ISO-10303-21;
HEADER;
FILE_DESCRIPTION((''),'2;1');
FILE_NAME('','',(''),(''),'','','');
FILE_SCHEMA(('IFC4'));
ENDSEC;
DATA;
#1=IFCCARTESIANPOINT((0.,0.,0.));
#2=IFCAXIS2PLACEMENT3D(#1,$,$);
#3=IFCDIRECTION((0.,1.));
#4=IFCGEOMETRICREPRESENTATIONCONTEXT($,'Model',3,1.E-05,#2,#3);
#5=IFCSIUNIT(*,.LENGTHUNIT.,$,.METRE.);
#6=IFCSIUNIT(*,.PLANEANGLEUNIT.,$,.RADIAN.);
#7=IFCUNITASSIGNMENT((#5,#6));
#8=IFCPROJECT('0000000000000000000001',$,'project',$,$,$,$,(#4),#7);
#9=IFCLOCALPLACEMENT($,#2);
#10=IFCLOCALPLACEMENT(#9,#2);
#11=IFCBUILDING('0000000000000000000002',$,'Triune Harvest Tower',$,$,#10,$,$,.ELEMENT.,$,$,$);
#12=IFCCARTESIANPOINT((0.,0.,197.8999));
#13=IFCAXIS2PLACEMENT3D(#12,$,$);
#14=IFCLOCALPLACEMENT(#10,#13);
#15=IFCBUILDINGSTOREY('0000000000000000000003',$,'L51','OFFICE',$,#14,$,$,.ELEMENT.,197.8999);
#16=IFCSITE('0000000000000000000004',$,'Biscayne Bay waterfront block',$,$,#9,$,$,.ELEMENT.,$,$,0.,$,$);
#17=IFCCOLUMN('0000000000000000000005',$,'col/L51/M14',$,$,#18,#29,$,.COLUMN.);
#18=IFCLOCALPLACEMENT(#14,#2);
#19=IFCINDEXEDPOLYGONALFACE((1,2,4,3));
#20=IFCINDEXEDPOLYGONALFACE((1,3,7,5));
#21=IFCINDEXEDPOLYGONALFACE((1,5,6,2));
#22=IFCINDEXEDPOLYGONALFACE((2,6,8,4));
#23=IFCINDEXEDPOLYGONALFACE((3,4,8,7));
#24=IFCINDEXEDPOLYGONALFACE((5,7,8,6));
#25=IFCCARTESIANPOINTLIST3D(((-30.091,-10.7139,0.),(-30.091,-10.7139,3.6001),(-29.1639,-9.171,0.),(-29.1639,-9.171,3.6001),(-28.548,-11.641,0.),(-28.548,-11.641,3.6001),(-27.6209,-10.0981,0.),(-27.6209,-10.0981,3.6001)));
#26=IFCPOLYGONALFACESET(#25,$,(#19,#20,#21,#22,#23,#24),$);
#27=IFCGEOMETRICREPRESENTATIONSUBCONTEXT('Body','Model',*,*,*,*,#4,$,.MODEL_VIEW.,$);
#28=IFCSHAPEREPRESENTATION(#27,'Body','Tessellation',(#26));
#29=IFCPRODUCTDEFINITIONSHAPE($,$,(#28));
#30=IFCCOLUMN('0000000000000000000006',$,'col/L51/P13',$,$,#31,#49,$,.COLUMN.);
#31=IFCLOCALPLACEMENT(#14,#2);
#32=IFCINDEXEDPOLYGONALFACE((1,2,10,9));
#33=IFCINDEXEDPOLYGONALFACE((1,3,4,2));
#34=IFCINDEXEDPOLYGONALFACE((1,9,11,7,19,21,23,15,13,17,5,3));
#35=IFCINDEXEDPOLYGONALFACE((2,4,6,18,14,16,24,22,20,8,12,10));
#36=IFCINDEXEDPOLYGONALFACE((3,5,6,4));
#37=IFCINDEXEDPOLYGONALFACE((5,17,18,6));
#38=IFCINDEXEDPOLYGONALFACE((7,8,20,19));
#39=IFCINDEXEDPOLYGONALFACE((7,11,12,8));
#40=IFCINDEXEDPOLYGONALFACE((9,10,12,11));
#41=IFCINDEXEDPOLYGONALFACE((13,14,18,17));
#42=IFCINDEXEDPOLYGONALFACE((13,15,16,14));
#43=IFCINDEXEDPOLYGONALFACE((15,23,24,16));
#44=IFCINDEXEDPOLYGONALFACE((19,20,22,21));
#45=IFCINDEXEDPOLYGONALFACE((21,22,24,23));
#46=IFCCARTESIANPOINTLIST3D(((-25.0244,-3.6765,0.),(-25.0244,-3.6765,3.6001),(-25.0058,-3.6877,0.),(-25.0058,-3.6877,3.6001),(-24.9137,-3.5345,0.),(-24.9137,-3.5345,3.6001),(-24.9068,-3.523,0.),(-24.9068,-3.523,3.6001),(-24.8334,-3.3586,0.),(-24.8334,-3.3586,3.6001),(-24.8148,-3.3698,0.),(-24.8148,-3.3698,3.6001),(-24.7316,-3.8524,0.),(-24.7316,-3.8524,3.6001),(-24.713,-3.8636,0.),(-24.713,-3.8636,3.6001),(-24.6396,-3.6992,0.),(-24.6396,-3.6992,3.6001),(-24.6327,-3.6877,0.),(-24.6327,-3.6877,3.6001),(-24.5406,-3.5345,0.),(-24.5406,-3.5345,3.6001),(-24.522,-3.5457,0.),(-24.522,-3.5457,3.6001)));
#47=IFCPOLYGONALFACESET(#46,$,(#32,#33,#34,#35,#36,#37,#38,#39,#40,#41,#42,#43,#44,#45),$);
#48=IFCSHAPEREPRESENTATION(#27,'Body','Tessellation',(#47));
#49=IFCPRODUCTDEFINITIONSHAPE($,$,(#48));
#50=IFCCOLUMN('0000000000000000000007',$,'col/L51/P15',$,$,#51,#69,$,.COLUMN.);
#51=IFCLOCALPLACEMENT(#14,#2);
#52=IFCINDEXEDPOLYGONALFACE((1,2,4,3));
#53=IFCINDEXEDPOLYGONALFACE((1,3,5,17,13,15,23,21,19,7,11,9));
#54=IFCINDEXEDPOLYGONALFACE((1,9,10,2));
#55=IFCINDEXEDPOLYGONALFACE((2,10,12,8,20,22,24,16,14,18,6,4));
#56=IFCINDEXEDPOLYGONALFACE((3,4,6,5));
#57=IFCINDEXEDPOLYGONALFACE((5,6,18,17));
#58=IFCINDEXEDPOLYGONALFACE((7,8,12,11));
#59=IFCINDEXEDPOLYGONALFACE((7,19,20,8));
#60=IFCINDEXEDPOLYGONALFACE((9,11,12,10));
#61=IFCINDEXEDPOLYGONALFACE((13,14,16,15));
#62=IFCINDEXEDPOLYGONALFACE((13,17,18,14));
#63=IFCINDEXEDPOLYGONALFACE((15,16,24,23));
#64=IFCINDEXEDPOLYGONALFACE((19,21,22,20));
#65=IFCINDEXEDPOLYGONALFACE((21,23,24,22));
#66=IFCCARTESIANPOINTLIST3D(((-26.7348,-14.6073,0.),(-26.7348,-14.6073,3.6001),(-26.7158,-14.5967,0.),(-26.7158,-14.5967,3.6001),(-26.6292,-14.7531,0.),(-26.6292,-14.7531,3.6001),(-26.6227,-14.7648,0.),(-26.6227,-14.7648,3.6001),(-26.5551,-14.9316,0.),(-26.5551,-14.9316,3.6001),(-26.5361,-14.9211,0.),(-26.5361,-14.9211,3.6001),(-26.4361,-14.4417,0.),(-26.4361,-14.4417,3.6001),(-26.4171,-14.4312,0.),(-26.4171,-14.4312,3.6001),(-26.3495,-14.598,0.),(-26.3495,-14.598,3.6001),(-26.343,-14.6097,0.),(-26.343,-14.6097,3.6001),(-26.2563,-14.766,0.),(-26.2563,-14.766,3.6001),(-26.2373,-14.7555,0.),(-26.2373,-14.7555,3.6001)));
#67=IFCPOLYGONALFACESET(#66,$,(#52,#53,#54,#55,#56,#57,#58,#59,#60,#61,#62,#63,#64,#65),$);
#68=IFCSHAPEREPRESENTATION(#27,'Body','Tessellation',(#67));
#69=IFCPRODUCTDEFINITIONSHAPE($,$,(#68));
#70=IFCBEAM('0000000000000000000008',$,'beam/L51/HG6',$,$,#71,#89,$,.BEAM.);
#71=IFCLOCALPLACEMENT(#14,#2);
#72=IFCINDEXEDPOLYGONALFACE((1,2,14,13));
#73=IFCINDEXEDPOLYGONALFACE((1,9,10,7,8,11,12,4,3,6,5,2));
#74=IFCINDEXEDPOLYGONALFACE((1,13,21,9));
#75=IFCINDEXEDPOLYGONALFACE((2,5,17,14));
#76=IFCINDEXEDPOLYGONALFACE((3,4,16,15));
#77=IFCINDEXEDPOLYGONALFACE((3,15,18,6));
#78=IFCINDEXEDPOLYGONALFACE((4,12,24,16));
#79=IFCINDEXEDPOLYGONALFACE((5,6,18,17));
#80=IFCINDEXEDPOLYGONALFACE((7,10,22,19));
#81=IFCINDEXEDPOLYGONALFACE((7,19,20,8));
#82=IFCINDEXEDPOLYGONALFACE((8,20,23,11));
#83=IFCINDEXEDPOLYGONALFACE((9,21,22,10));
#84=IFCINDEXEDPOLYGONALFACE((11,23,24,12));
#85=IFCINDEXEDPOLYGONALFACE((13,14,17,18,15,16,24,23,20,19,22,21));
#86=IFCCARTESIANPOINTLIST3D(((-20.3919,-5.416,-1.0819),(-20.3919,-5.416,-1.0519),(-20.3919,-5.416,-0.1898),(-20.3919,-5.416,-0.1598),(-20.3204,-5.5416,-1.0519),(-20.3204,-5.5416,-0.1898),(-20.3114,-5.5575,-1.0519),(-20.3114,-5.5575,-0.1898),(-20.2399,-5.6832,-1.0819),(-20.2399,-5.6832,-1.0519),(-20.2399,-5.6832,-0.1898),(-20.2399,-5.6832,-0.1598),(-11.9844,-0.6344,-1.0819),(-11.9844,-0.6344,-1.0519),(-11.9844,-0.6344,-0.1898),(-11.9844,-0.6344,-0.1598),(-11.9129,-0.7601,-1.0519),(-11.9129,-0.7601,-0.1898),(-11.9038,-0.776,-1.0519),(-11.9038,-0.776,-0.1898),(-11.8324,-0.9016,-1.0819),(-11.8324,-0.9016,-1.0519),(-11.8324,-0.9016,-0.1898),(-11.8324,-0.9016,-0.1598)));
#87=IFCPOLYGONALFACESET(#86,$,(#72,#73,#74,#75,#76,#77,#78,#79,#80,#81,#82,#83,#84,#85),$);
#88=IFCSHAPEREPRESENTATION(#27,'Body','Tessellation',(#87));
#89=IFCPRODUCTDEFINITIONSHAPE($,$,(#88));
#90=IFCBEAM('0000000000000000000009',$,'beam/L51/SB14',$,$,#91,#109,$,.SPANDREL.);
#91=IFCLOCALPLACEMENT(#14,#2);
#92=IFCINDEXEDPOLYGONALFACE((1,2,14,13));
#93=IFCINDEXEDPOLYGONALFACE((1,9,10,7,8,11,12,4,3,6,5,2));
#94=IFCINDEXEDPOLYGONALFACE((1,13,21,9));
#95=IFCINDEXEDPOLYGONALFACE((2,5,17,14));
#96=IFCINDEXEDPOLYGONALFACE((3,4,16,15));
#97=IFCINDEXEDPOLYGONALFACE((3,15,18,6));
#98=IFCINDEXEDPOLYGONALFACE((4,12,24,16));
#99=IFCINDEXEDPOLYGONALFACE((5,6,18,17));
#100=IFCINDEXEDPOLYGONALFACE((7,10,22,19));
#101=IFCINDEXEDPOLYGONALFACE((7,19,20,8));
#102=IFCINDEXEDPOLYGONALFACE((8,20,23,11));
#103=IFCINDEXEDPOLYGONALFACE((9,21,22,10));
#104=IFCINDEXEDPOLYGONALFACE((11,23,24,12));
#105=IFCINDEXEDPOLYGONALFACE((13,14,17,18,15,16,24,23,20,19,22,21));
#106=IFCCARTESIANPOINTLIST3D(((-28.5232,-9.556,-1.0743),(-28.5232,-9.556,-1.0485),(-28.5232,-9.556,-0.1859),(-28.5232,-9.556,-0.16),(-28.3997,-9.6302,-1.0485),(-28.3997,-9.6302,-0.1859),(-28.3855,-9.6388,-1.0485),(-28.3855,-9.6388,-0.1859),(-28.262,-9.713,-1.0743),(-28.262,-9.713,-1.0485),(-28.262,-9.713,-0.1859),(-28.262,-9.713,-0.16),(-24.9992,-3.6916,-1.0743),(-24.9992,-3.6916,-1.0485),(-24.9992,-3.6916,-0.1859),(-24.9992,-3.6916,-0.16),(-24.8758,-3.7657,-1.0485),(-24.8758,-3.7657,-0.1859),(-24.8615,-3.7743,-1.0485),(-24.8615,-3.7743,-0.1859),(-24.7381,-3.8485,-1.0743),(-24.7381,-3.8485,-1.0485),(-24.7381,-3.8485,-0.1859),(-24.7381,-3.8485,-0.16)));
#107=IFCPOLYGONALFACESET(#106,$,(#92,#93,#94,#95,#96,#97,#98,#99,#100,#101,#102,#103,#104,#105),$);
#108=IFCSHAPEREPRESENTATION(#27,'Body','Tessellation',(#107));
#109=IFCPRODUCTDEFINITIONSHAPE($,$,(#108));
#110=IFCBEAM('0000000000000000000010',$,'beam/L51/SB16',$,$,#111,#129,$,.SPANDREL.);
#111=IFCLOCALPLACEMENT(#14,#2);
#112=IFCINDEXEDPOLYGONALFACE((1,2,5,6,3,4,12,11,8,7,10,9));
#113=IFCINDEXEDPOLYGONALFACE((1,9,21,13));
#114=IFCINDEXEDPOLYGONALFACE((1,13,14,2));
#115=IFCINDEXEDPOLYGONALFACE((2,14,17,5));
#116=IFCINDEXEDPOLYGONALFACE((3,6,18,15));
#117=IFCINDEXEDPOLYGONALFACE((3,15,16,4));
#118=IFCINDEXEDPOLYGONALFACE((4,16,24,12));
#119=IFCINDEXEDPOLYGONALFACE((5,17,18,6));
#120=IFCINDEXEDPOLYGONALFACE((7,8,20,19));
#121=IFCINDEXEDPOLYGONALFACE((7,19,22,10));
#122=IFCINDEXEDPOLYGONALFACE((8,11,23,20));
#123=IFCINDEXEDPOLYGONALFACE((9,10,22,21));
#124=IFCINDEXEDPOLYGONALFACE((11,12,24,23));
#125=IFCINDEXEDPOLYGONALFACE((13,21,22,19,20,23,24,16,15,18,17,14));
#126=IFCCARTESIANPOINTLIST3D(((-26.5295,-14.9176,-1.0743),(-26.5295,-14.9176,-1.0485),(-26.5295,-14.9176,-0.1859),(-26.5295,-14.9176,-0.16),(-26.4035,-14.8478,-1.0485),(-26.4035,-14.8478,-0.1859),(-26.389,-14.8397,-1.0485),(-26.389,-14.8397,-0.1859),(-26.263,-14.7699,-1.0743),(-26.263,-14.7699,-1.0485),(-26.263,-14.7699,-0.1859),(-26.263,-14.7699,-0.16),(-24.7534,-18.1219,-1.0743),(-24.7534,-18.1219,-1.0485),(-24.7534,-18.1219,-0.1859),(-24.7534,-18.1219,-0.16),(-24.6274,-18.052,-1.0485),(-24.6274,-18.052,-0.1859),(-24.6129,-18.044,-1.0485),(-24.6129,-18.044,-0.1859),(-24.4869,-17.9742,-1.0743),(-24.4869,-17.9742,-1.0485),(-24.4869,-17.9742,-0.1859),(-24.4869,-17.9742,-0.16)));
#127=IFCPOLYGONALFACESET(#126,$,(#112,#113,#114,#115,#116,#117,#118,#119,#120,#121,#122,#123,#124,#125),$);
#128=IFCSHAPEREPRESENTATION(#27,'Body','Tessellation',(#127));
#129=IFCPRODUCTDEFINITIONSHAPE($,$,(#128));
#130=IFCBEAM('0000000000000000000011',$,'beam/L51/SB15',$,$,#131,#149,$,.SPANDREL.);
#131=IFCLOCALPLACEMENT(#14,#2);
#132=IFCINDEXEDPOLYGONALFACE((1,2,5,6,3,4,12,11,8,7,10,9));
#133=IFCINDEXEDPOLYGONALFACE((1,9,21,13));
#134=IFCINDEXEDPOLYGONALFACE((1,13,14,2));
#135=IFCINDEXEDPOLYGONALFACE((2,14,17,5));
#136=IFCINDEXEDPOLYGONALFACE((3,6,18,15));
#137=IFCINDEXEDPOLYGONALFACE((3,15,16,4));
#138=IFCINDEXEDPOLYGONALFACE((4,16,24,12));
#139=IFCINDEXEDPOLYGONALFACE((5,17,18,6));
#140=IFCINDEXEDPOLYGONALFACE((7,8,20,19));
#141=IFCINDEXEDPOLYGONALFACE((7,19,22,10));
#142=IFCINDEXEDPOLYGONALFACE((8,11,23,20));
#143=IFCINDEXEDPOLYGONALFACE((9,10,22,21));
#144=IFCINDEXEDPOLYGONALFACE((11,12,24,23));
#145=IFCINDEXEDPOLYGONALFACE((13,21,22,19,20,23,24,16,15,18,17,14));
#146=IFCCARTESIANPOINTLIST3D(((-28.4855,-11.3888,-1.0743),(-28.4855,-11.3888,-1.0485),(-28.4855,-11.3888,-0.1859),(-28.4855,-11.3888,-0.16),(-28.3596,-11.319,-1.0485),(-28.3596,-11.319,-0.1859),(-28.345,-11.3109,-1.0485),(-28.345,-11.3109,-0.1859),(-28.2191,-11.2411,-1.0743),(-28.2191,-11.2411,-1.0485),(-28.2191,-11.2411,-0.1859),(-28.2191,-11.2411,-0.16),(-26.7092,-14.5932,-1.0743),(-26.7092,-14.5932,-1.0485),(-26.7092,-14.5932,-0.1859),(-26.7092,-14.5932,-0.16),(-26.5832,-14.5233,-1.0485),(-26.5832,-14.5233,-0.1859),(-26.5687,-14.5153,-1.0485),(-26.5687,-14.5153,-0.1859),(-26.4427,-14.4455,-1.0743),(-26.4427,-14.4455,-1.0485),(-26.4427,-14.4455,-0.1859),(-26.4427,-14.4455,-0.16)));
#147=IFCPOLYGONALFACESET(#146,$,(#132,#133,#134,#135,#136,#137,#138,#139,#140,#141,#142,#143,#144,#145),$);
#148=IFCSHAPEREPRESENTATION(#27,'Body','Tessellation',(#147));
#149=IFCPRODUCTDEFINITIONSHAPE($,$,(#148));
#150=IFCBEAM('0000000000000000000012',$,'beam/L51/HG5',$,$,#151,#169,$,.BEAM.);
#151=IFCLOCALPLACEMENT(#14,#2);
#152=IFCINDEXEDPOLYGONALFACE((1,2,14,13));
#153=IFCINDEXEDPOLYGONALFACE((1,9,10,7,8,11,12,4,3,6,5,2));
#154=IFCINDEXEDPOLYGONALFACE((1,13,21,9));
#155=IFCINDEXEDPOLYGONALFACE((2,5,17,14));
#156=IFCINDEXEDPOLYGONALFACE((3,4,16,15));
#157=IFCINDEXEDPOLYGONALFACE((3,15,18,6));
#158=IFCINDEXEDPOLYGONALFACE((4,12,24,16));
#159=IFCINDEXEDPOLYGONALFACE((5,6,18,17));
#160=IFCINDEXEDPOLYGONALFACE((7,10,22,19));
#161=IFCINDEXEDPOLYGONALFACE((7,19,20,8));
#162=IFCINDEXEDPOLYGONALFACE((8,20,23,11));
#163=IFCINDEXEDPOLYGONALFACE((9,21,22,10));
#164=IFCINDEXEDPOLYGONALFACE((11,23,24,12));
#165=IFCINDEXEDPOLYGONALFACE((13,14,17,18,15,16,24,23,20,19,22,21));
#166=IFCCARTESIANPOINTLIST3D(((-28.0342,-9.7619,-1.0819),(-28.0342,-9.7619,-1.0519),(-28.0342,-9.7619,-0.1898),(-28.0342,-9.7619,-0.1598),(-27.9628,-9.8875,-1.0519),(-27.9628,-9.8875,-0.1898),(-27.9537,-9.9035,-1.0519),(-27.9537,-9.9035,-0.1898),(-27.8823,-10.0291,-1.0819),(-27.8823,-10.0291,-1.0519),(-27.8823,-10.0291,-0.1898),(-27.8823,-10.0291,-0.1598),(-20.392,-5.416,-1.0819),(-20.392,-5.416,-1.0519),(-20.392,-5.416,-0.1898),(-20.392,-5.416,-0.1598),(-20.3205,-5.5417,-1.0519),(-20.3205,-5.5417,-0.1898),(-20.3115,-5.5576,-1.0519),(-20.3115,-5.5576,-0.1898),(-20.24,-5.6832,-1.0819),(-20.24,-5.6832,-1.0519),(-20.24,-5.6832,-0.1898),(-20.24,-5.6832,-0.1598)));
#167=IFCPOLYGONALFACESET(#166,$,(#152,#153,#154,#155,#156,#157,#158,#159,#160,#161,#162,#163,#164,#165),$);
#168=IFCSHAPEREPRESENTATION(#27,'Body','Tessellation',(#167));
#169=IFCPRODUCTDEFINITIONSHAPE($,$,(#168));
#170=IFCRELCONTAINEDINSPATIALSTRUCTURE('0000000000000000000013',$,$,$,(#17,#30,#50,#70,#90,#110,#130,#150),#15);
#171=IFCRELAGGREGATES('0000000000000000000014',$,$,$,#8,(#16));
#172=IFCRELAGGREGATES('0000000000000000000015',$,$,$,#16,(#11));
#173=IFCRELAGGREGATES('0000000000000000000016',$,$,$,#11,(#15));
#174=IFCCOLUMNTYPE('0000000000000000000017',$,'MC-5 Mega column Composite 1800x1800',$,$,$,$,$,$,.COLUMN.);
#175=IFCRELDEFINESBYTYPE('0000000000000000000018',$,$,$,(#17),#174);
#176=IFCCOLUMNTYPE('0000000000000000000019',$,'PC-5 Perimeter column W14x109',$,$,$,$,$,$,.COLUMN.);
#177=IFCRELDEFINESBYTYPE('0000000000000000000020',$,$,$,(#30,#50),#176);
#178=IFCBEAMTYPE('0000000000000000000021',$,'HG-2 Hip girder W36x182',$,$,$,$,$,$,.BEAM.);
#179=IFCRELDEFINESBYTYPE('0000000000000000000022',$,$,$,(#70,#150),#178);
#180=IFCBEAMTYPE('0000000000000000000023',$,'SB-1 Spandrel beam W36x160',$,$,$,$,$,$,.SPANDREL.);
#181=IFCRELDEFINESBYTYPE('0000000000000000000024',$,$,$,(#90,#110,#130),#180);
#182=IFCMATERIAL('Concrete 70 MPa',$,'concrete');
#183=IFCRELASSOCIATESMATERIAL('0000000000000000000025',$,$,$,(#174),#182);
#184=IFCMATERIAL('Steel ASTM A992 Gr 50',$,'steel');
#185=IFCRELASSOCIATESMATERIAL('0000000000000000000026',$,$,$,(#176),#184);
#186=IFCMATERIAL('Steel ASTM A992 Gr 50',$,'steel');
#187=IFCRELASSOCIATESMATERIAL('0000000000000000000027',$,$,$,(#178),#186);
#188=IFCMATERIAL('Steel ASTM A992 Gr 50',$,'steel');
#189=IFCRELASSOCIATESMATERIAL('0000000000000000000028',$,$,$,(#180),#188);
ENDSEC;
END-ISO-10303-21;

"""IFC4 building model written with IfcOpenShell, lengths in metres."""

from ifc_helpers import new_model, si_unit, direction, frame, origin, origin_2d, place, context, subcontext, project, spatial, rectangle, i_section, extrude, source, transform, mapped, material, material_profile, profile_set, type_object, element, save


model = new_model("IFC4")

# Units and contexts
model_context = context("Model", 3, precision=1e-05, world=origin(), true_north=direction((0.0, 1.0)))
body_context = subcontext(model_context, "Body", "Model", "MODEL_VIEW")
ifc_project = project(units=[si_unit("LENGTHUNIT", "METRE"), si_unit("PLANEANGLEUNIT", "RADIAN")], contexts=[model_context])

# Site, building, storey
site_placement = place(None, origin())
site = spatial("IfcSite", under=ifc_project, at=site_placement, Name="Biscayne Bay waterfront block", CompositionType="ELEMENT", RefElevation=0.0)
building_placement = place(site_placement, origin())
building = spatial("IfcBuilding", under=site, at=building_placement, Name="Triune Harvest Tower", CompositionType="ELEMENT")
storey_placement = place(building_placement, frame((0.0, 0.0, 197.8999)))
storey = spatial("IfcBuildingStorey", under=building, at=storey_placement, Name="L51", Description="OFFICE", CompositionType="ELEMENT", Elevation=197.8999)

# Columns
ifc_material_1 = material(Name="Concrete 70 MPa", Category="concrete")
ifc_material_profile_1 = material_profile(ifc_material_1, rectangle(XDim=1.8, YDim=1.8, at=origin_2d()), Name="Composite 1800x1800")
ifc_profile_set_1 = profile_set([ifc_material_profile_1], Name="Concrete 70 MPa")
column_type_1 = type_object("IfcColumnType", Name="MC-5 Mega column Composite 1800x1800", PredefinedType="COLUMN", material=ifc_profile_set_1)
shared_shape_1 = source(origin(), body_context, "Body", "SweptSolid", [
    extrude(rectangle(XDim=1.8, YDim=1.8, at=origin_2d()), origin(), (0.0, 0.0, 1.0), 3.6001),
])
column_placement = place(storey_placement, frame((-28.856, -10.406, 0.0), z_axis=(0.0, 0.0, 1.0), x_axis=(-0.515037, -0.857168, 0.0)))
element("IfcColumn", 1, at=column_placement, inside=storey, type_object=column_type_1, Name="col/L51/M14", PredefinedType="COLUMN", context=body_context, shape_type="MappedRepresentation", body=[
    mapped(shared_shape_1, transform((0.0, 0.0, 0.0), scale=1.0)),
])
ifc_material_2 = material(Name="Steel ASTM A992 Gr 50", Category="steel")
ifc_material_profile_2 = material_profile(ifc_material_2, i_section(OverallWidth=0.3708, OverallDepth=0.3633, WebThickness=0.0134, FlangeThickness=0.0217, at=origin_2d()), Name="W14x109")
ifc_profile_set_2 = profile_set([ifc_material_profile_2], Name="Steel ASTM A992 Gr 50")
column_type_2 = type_object("IfcColumnType", Name="PC-5 Perimeter column W14x109", PredefinedType="COLUMN", material=ifc_profile_set_2)
shared_shape_2 = source(origin(), body_context, "Body", "SweptSolid", [
    extrude(i_section(OverallWidth=0.3708, OverallDepth=0.3633, WebThickness=0.0134, FlangeThickness=0.0217, at=origin_2d()), origin(), (0.0, 0.0, 1.0), 3.6001),
])
for number, where, z_axis, x_axis, name in (
    (2, (-24.7732, -3.6111, 0.0), (0.0, 0.0, 1.0), (-0.515037, -0.857168, 0.0), "col/L51/P13"),
    (3, (-26.4861, -14.6814, 0.0), (0.0, 0.0, 1.0), (0.484808, -0.874621, 0.0), "col/L51/P15"),
):
    element("IfcColumn", number, at=place(storey_placement, frame(where, z_axis=z_axis, x_axis=x_axis)), inside=storey, type_object=column_type_2, Name=name, PredefinedType="COLUMN", context=body_context, shape_type="MappedRepresentation", body=[
        mapped(shared_shape_2, transform((0.0, 0.0, 0.0), scale=1.0)),
    ])

# Beams
ifc_material_3 = material(Name="Steel ASTM A992 Gr 50", Category="steel")
ifc_material_profile_3 = material_profile(ifc_material_3, i_section(OverallWidth=0.3074, OverallDepth=0.9221, WebThickness=0.0183, FlangeThickness=0.03, at=origin_2d()), Name="W36x182")
ifc_profile_set_3 = profile_set([ifc_material_profile_3], Name="Steel ASTM A992 Gr 50")
beam_type_1 = type_object("IfcBeamType", Name="HG-2 Hip girder W36x182", PredefinedType="BEAM", material=ifc_profile_set_3)
shared_shape_3 = source(origin(), body_context, "Body", "SweptSolid", [
    extrude(i_section(OverallWidth=0.3074, OverallDepth=0.9221, WebThickness=0.0183, FlangeThickness=0.03, at=origin_2d()), origin(), (0.0, 0.0, 1.0), 9.6721),
])
beam_1_placement = place(storey_placement, frame((-20.3159, -5.5496, -0.6208), z_axis=(0.869256, 0.494363, 0.0), x_axis=(-0.494363, 0.869256, 0.0)))
element("IfcBeam", 4, at=beam_1_placement, inside=storey, type_object=beam_type_1, Name="beam/L51/HG6", PredefinedType="BEAM", context=body_context, shape_type="MappedRepresentation", body=[
    mapped(shared_shape_3, transform((0.0, 0.0, 0.0), scale=1.0)),
])
ifc_material_4 = material(Name="Steel ASTM A992 Gr 50", Category="steel")
ifc_material_profile_4 = material_profile(ifc_material_4, i_section(OverallWidth=0.3047, OverallDepth=0.9143, WebThickness=0.0166, FlangeThickness=0.0259, at=origin_2d()), Name="W36x160")
ifc_profile_set_4 = profile_set([ifc_material_profile_4], Name="Steel ASTM A992 Gr 50")
beam_type_2 = type_object("IfcBeamType", Name="SB-1 Spandrel beam W36x160", PredefinedType="SPANDREL", material=ifc_profile_set_4)
shared_shape_4 = source(origin(), body_context, "Body", "SweptSolid", [
    extrude(i_section(OverallWidth=0.3047, OverallDepth=0.9143, WebThickness=0.0166, FlangeThickness=0.0259, at=origin_2d()), origin(), (0.0, 0.0, 1.0), 6.8418),
])
beam_2_placement = place(storey_placement, frame((-24.8687, -3.77, -0.6172), z_axis=(-0.515057, -0.857156, 0.0), x_axis=(0.857156, -0.515057, 0.0)))
element("IfcBeam", 5, at=beam_2_placement, inside=storey, type_object=beam_type_2, Name="beam/L51/SB14", PredefinedType="SPANDREL", context=body_context, shape_type="MappedRepresentation", body=[
    mapped(shared_shape_4, transform((0.0, 0.0, 0.0), scale=1.0)),
])
shared_shape_5 = source(origin(), body_context, "Body", "SweptSolid", [
    extrude(i_section(OverallWidth=0.3047, OverallDepth=0.9143, WebThickness=0.0166, FlangeThickness=0.0259, at=origin_2d()), origin(), (0.0, 0.0, 1.0), 3.6636),
])
beam_3_placement = place(storey_placement, frame((-26.3962, -14.8438, -0.6172), z_axis=(0.484794, -0.874628, 0.0), x_axis=(0.874628, 0.484794, 0.0)))
element("IfcBeam", 6, at=beam_3_placement, inside=storey, type_object=beam_type_2, Name="beam/L51/SB16", PredefinedType="SPANDREL", context=body_context, shape_type="MappedRepresentation", body=[
    mapped(shared_shape_5, transform((0.0, 0.0, 0.0), scale=1.0)),
])
shared_shape_6 = source(origin(), body_context, "Body", "SweptSolid", [
    extrude(i_section(OverallWidth=0.3047, OverallDepth=0.9143, WebThickness=0.0166, FlangeThickness=0.0259, at=origin_2d()), origin(), (0.0, 0.0, 1.0), 3.6638),
])
beam_4_placement = place(storey_placement, frame((-28.3523, -11.3149, -0.6172), z_axis=(0.484845, -0.8746, 0.0), x_axis=(0.8746, 0.484845, 0.0)))
element("IfcBeam", 7, at=beam_4_placement, inside=storey, type_object=beam_type_2, Name="beam/L51/SB15", PredefinedType="SPANDREL", context=body_context, shape_type="MappedRepresentation", body=[
    mapped(shared_shape_6, transform((0.0, 0.0, 0.0), scale=1.0)),
])
shared_shape_7 = source(origin(), body_context, "Body", "SweptSolid", [
    extrude(i_section(OverallWidth=0.3074, OverallDepth=0.9221, WebThickness=0.0183, FlangeThickness=0.03, at=origin_2d()), origin(), (0.0, 0.0, 1.0), 8.7915),
])
beam_5_placement = place(storey_placement, frame((-27.9583, -9.8955, -0.6208), z_axis=(0.869275, 0.494329, 0.0), x_axis=(-0.494329, 0.869275, 0.0)))
element("IfcBeam", 8, at=beam_5_placement, inside=storey, type_object=beam_type_1, Name="beam/L51/HG5", PredefinedType="BEAM", context=body_context, shape_type="MappedRepresentation", body=[
    mapped(shared_shape_7, transform((0.0, 0.0, 0.0), scale=1.0)),
])

save(model, "model.ifc")
